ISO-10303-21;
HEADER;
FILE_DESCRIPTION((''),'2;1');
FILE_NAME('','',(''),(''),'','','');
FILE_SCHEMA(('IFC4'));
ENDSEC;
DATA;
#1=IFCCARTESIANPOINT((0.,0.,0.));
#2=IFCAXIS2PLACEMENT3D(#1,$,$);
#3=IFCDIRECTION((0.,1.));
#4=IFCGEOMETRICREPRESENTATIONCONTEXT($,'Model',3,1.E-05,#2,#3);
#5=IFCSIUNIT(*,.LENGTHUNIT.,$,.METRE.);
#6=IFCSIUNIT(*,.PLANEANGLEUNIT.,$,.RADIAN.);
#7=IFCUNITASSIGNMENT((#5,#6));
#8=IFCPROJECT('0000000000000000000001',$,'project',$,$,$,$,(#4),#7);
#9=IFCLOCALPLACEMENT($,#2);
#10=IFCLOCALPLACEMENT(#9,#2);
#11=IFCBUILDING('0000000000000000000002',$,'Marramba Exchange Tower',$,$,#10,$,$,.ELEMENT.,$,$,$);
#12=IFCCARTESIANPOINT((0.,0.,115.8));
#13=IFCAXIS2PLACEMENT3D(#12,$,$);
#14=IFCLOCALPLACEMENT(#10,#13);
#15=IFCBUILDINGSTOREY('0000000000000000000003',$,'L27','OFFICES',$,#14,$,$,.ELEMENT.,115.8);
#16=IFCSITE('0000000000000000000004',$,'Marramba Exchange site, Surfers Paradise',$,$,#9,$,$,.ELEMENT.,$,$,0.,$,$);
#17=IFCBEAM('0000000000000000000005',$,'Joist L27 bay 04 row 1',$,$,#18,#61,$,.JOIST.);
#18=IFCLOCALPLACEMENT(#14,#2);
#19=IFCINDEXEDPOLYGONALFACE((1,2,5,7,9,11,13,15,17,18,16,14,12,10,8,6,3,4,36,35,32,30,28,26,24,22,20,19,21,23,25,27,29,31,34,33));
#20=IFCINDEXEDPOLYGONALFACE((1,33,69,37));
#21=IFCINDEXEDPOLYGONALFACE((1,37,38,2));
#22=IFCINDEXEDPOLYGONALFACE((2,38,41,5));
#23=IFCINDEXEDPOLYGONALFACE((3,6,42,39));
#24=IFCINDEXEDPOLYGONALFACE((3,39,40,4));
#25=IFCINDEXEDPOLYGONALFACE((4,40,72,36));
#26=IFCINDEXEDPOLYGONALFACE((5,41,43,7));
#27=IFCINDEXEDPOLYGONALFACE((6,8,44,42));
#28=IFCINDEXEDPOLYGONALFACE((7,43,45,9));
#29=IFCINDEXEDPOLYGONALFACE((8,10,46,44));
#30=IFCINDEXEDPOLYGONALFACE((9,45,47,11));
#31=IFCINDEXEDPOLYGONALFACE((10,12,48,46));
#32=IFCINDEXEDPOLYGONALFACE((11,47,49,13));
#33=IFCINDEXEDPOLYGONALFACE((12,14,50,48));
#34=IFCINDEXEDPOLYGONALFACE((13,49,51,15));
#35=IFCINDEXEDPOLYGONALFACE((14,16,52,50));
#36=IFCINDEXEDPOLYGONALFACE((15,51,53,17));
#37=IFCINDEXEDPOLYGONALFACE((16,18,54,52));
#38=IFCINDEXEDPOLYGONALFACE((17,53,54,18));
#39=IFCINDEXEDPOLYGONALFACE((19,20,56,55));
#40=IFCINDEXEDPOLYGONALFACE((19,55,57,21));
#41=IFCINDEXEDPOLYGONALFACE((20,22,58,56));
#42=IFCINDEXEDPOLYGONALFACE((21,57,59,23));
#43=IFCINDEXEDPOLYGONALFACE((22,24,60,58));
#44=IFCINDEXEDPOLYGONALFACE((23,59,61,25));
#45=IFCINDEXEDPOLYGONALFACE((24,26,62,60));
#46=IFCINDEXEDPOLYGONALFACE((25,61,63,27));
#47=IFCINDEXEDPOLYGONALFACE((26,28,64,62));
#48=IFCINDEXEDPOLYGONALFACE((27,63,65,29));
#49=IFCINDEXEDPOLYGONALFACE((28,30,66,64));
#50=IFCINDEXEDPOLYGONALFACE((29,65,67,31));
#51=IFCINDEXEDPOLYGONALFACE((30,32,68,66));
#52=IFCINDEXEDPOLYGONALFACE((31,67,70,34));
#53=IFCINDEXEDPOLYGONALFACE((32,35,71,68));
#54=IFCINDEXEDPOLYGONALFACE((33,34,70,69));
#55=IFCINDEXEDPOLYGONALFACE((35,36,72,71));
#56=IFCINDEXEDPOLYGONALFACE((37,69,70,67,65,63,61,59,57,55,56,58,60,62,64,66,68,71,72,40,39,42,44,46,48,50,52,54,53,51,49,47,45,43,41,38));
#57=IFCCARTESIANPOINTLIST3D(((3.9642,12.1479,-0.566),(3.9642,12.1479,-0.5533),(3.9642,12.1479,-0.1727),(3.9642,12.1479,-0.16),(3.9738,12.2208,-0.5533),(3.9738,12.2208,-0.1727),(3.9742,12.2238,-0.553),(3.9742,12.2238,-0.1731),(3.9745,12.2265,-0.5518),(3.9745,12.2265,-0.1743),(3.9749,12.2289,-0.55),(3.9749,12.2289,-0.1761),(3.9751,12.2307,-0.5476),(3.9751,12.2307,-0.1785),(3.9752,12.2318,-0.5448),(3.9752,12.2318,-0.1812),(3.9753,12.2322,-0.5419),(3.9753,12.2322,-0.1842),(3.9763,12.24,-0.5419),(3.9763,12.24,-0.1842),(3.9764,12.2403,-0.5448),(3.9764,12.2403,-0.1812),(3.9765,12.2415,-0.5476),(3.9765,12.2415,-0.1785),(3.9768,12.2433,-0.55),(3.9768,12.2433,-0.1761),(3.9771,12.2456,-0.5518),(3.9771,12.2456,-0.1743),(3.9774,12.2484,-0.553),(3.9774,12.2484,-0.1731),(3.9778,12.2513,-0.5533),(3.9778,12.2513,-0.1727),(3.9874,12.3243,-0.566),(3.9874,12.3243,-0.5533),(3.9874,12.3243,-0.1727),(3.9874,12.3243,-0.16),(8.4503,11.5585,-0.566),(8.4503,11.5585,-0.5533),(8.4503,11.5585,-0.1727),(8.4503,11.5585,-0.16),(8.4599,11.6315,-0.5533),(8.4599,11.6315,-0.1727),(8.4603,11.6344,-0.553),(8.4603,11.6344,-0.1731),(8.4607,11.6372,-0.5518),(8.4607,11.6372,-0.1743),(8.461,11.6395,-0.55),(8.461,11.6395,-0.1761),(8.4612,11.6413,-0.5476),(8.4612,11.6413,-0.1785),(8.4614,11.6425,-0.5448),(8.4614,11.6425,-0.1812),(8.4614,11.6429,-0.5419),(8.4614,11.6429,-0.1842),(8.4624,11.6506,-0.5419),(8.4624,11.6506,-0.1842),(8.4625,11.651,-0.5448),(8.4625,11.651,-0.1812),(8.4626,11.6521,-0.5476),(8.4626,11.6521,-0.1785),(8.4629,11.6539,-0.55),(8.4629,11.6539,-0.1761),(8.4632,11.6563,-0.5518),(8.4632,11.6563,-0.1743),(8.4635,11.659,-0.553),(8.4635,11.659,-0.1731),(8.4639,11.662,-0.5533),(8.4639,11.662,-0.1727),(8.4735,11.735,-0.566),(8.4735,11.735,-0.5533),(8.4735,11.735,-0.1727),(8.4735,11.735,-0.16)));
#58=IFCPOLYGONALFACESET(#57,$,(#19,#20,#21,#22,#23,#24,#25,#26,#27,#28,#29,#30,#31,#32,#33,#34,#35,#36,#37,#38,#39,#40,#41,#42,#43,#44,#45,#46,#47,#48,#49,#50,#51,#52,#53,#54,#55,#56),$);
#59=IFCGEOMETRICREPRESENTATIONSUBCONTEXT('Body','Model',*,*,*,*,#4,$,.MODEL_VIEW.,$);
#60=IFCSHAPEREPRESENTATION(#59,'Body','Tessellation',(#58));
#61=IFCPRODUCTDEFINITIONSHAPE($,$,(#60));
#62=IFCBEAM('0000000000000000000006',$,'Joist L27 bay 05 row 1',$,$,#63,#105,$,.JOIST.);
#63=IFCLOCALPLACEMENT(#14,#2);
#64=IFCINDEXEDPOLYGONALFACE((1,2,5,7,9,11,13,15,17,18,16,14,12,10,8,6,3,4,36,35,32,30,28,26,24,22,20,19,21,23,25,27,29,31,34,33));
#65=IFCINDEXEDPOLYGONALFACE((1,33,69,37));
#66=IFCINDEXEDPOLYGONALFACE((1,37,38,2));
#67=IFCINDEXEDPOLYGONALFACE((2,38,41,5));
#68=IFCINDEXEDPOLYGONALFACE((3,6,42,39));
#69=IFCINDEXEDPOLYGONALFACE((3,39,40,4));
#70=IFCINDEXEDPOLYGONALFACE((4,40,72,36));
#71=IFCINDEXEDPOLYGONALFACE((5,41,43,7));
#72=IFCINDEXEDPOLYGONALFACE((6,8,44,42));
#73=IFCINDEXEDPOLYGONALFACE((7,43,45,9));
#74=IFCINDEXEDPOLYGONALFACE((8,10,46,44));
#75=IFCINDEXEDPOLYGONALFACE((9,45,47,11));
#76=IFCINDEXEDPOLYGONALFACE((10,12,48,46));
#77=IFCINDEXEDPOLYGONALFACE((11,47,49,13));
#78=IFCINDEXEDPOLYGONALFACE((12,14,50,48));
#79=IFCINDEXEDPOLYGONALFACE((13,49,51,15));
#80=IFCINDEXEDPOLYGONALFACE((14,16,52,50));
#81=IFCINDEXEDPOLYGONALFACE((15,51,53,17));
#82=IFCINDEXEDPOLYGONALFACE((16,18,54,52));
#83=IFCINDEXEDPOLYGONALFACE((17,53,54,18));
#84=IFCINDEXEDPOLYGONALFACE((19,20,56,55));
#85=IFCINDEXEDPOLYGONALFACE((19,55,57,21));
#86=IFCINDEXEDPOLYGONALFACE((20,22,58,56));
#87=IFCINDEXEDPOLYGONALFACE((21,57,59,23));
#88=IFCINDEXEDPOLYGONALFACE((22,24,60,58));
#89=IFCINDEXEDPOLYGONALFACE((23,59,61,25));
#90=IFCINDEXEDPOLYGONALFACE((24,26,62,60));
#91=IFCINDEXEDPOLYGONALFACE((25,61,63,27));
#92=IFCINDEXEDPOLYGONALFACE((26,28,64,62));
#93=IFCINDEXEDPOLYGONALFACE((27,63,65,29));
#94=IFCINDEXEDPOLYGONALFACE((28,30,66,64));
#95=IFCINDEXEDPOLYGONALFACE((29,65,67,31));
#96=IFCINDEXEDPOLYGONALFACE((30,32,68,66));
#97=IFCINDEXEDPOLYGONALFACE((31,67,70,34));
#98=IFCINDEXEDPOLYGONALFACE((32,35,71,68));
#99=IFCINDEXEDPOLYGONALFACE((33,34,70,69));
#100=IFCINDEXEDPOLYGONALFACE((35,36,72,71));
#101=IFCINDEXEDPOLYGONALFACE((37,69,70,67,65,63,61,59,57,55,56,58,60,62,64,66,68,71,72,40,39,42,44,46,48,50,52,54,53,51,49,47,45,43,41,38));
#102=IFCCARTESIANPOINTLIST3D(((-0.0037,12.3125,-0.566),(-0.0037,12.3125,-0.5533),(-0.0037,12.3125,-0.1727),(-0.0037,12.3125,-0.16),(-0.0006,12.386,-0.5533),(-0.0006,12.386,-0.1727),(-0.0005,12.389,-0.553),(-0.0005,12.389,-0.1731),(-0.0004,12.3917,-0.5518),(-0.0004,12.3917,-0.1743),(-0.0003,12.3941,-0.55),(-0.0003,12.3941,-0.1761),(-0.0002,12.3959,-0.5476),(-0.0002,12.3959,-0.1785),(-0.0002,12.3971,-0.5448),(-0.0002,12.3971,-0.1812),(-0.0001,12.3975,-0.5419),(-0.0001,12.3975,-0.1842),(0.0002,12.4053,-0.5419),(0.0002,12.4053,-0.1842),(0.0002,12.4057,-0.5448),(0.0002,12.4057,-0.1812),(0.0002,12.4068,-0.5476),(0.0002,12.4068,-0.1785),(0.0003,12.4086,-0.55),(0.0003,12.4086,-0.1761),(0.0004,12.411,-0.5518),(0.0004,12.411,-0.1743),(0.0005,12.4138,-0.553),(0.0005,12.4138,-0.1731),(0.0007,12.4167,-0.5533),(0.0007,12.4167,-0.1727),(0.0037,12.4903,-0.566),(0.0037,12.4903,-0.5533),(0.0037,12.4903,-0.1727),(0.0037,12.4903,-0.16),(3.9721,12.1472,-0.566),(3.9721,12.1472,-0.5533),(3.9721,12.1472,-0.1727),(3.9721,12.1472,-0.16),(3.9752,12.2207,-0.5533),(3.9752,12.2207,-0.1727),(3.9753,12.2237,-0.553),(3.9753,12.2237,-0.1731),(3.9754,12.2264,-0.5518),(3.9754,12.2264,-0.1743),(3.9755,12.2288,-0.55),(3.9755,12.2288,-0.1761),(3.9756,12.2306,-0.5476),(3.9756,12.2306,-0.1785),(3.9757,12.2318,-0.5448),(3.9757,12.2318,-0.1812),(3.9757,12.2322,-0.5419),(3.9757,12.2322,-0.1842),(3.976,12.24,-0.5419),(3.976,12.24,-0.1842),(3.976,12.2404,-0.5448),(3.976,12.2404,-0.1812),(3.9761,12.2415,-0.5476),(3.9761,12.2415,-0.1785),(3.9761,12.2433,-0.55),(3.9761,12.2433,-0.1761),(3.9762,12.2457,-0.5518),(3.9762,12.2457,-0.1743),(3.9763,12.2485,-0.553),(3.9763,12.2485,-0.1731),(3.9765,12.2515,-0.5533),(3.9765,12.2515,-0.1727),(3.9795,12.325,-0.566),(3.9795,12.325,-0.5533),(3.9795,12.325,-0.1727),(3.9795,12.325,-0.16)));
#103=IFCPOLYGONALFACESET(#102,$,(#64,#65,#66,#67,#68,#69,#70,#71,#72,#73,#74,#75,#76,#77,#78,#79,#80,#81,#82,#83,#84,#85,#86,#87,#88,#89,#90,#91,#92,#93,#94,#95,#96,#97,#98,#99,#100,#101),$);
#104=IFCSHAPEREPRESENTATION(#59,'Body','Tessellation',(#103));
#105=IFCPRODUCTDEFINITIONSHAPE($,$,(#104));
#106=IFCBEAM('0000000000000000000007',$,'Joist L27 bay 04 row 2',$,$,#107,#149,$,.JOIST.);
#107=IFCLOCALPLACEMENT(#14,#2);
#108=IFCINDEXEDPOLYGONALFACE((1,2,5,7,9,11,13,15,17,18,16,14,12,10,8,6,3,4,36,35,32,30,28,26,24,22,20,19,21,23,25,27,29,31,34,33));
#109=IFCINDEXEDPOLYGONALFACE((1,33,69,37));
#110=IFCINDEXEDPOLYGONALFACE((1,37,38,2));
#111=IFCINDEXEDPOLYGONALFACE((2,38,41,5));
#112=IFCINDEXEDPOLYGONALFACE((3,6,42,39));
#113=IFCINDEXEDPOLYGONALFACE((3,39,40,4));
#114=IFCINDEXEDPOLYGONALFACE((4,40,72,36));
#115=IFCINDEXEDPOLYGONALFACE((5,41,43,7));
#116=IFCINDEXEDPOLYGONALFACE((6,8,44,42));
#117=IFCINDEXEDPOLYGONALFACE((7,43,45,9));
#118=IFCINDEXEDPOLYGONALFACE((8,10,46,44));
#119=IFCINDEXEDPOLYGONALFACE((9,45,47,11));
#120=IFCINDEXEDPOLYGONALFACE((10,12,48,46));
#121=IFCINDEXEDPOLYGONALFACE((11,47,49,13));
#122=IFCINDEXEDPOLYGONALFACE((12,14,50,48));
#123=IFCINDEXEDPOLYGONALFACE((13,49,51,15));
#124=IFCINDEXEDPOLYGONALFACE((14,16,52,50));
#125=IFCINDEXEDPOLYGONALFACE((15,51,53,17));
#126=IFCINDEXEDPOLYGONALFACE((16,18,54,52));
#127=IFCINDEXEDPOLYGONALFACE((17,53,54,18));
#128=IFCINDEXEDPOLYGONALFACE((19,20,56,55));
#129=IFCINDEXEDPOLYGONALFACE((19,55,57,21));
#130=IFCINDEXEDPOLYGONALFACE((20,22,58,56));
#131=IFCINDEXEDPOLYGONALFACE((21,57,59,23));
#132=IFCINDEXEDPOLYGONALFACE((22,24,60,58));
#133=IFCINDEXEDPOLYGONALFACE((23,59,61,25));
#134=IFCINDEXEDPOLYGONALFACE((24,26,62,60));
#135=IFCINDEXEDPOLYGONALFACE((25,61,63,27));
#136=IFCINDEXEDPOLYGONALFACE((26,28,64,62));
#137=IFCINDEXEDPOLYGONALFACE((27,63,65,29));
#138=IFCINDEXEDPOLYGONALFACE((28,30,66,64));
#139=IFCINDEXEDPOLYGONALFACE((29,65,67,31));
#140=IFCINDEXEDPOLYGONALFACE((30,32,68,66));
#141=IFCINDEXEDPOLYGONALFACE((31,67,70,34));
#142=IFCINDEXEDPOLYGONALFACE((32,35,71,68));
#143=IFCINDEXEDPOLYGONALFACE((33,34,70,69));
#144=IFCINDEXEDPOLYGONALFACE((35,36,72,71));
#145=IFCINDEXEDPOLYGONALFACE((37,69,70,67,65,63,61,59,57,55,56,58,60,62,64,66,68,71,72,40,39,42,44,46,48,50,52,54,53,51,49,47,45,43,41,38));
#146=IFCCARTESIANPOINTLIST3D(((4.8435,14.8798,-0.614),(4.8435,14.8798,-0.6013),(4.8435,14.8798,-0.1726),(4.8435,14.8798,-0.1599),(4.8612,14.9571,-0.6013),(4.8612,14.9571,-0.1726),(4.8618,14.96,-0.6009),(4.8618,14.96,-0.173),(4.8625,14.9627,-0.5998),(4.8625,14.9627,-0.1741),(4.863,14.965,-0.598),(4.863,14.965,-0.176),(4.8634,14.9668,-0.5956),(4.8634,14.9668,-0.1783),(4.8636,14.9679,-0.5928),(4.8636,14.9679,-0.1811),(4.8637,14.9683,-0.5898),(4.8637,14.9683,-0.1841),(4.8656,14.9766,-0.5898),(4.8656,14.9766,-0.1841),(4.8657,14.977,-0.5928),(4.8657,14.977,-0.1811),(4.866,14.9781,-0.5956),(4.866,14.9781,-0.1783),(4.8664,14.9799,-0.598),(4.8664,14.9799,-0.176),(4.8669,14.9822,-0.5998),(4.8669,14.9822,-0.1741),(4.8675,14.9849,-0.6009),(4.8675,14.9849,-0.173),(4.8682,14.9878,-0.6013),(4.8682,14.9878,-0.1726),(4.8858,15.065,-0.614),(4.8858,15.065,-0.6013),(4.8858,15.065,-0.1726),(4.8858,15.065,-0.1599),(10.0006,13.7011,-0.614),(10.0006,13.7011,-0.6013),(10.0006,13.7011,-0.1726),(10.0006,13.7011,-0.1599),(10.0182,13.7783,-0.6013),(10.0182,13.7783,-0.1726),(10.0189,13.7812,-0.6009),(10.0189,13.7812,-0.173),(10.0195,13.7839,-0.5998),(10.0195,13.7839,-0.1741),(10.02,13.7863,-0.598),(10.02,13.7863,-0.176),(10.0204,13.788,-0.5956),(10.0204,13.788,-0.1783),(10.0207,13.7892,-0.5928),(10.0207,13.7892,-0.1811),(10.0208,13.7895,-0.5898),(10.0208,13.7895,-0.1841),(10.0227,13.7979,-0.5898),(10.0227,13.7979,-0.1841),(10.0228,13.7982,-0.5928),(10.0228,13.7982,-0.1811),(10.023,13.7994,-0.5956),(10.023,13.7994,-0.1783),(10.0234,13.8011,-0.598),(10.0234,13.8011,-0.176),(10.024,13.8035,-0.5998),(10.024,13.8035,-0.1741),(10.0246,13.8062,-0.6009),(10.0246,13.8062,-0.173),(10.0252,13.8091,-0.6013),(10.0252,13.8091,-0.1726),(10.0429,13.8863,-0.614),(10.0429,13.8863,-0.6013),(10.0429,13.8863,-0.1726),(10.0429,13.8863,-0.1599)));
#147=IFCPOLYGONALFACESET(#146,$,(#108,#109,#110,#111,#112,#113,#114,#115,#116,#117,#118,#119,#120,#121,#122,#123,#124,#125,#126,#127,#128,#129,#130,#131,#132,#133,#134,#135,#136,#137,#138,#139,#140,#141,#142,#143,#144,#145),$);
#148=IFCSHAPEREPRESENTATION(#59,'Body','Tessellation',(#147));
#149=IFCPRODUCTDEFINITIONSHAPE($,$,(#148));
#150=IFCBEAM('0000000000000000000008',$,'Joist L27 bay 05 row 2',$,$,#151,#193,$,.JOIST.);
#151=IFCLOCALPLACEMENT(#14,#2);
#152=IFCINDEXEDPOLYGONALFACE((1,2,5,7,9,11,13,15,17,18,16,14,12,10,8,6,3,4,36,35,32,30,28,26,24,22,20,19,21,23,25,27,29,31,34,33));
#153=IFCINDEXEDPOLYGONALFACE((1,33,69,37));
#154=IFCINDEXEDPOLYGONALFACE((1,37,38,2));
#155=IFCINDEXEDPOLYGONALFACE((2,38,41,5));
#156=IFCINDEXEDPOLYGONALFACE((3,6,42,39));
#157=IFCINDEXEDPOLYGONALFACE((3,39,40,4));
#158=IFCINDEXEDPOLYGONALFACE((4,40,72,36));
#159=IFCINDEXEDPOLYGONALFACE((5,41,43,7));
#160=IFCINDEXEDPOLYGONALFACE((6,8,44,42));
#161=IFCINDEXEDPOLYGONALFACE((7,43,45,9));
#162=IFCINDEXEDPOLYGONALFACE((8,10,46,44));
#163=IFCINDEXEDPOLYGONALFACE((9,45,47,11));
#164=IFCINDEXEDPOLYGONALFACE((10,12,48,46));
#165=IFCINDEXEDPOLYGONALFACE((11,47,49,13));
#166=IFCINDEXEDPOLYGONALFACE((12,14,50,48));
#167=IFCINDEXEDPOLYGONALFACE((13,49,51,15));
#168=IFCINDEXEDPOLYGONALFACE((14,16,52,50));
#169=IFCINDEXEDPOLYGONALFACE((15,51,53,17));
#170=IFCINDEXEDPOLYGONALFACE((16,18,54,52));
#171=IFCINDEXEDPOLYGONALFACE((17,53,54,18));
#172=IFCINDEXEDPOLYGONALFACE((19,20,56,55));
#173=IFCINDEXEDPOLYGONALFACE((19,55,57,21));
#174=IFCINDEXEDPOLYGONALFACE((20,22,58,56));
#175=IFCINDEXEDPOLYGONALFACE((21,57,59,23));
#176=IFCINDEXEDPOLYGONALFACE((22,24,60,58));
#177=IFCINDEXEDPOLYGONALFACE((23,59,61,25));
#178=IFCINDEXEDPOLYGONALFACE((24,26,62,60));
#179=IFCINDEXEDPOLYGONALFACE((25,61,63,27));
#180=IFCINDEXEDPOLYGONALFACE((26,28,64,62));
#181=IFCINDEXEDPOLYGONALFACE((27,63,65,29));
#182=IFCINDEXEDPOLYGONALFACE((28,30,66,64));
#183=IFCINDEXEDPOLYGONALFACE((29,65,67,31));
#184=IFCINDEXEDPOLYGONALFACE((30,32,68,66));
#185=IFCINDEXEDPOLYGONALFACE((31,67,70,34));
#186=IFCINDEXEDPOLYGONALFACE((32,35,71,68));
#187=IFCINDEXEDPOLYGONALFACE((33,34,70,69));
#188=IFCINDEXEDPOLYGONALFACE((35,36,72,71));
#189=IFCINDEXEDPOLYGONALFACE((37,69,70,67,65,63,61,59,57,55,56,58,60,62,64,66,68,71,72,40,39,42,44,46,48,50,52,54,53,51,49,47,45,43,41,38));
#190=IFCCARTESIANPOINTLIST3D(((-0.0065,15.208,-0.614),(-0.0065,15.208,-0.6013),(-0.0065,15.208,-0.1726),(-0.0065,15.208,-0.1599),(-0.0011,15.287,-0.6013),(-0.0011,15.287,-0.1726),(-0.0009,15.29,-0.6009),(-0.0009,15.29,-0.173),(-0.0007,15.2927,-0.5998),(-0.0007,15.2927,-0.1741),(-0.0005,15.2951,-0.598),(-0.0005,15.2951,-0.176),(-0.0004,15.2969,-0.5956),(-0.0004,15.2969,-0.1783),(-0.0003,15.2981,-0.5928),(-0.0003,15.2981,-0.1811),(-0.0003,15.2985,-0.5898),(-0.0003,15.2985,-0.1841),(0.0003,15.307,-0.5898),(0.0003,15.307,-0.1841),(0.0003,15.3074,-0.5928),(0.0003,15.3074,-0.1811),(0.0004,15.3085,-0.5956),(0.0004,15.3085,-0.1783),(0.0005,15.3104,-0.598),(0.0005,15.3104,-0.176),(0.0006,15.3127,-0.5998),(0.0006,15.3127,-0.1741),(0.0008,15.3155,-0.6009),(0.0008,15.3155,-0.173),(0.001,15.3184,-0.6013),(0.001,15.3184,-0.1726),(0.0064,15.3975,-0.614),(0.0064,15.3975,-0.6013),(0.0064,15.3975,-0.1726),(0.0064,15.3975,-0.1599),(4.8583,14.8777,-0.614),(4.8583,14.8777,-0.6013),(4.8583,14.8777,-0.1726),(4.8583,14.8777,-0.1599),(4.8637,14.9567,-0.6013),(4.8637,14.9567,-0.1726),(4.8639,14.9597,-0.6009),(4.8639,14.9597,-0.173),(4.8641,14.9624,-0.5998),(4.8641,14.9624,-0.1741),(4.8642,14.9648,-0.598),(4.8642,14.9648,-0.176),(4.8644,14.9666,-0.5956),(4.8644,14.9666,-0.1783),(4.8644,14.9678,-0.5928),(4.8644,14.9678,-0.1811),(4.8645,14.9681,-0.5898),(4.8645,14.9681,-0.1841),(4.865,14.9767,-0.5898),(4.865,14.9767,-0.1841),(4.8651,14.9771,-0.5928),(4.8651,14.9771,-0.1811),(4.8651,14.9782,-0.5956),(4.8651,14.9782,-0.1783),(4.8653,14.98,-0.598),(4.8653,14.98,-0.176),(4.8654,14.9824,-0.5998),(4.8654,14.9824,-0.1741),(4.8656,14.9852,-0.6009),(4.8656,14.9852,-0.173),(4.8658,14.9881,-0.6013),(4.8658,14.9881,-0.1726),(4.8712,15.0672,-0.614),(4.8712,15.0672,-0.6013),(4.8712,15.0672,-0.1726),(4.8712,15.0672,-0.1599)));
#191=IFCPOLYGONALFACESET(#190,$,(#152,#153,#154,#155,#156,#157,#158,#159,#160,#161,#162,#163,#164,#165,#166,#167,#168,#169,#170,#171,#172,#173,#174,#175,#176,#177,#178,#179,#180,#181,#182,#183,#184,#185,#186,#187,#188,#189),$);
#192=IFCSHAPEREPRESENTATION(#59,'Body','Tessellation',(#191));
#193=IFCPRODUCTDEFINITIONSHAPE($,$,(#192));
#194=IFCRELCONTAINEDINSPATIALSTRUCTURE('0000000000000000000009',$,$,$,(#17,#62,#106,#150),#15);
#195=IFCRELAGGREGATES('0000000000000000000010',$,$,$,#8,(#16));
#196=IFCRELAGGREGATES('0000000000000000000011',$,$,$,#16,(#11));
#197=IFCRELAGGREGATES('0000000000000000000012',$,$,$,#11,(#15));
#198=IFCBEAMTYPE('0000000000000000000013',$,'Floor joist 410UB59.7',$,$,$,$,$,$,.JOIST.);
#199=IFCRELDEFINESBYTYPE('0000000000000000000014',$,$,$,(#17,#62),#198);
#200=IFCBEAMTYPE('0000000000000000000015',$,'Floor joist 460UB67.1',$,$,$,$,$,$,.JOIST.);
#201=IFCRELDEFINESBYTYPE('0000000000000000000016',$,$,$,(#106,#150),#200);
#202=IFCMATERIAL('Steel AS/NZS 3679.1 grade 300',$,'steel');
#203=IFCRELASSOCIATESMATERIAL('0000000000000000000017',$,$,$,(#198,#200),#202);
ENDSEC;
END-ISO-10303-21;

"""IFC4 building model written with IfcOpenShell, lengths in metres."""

from ifc_helpers import new_model, si_unit, direction, frame, origin, origin_2d, place, context, subcontext, project, spatial, i_section, extrude, material, material_profile, profile_set, type_object, element, save


model = new_model("IFC4")

# Units and contexts
model_context = context("Model", 3, precision=1e-05, world=origin(), true_north=direction((0.0, 1.0)))
body_context = subcontext(model_context, "Body", "Model", "MODEL_VIEW")
ifc_project = project(units=[si_unit("LENGTHUNIT", "METRE"), si_unit("PLANEANGLEUNIT", "RADIAN")], contexts=[model_context])

# Site, building, storey
site_placement = place(None, origin())
site = spatial("IfcSite", under=ifc_project, at=site_placement, Name="Marramba Exchange site, Surfers Paradise", CompositionType="ELEMENT", RefElevation=0.0)
building_placement = place(site_placement, origin())
building = spatial("IfcBuilding", under=site, at=building_placement, Name="Marramba Exchange Tower", CompositionType="ELEMENT")
storey_placement = place(building_placement, frame((0.0, 0.0, 115.8)))
storey = spatial("IfcBuildingStorey", under=building, at=storey_placement, Name="L27", Description="OFFICES", CompositionType="ELEMENT", Elevation=115.8)

# Beams
ifc_material_1 = material(Name="Steel AS/NZS 3679.1 grade 300", Category="steel")
ifc_material_profile_1 = material_profile(ifc_material_1, i_section(OverallWidth=0.178, OverallDepth=0.406, WebThickness=0.0078, FlangeThickness=0.0127, FilletRadius=0.0115, at=origin_2d()), Name="410UB59.7")
ifc_profile_set_1 = profile_set([ifc_material_profile_1], Name="Steel AS/NZS 3679.1 grade 300")
beam_type_1 = type_object("IfcBeamType", Name="Floor joist 410UB59.7", PredefinedType="JOIST", material=ifc_profile_set_1)
beam_1_placement = place(storey_placement, frame((8.4619, 11.6467, -0.363), z_axis=(-0.991481, 0.130255, 0.0), x_axis=(-0.130255, -0.991481, 0.0)))
element("IfcBeam", 1, at=beam_1_placement, inside=storey, type_object=beam_type_1, Name="Joist L27 bay 04 row 1", PredefinedType="JOIST", context=body_context, shape_type="SweptSolid", body=[
    extrude(i_section(OverallWidth=0.178, OverallDepth=0.406, WebThickness=0.0078, FlangeThickness=0.0127, FilletRadius=0.0115, at=origin_2d()), origin(), (0.0, 0.0, 1.0), 4.5247),
])
beam_2_placement = place(storey_placement, frame((3.9758, 12.2361, -0.363), z_axis=(-0.999137, 0.041536, 0.0), x_axis=(-0.041536, -0.999137, 0.0)))
element("IfcBeam", 2, at=beam_2_placement, inside=storey, type_object=beam_type_1, Name="Joist L27 bay 05 row 1", PredefinedType="JOIST", context=body_context, shape_type="SweptSolid", body=[
    extrude(i_section(OverallWidth=0.178, OverallDepth=0.406, WebThickness=0.0078, FlangeThickness=0.0127, FilletRadius=0.0115, at=origin_2d()), origin(), (0.0, 0.0, 1.0), 3.9792),
])
ifc_material_profile_2 = material_profile(ifc_material_1, i_section(OverallWidth=0.1899, OverallDepth=0.4541, WebThickness=0.0085, FlangeThickness=0.0127, FilletRadius=0.0115, at=origin_2d()), Name="460UB67.1")
ifc_profile_set_2 = profile_set([ifc_material_profile_2], Name="Steel AS/NZS 3679.1 grade 300")
beam_type_2 = type_object("IfcBeamType", Name="Floor joist 460UB67.1", PredefinedType="JOIST", material=ifc_profile_set_2)
beam_3_placement = place(storey_placement, frame((10.0217, 13.7937, -0.387), z_axis=(-0.97486, 0.22282, 0.0), x_axis=(-0.22282, -0.97486, 0.0)))
element("IfcBeam", 3, at=beam_3_placement, inside=storey, type_object=beam_type_2, Name="Joist L27 bay 04 row 2", PredefinedType="JOIST", context=body_context, shape_type="SweptSolid", body=[
    extrude(i_section(OverallWidth=0.1899, OverallDepth=0.4541, WebThickness=0.0085, FlangeThickness=0.0127, FilletRadius=0.0115, at=origin_2d()), origin(), (0.0, 0.0, 1.0), 5.29),
])
beam_4_placement = place(storey_placement, frame((4.8647, 14.9724, -0.387), z_axis=(-0.997703, 0.067745, 0.0), x_axis=(-0.067745, -0.997703, 0.0)))
element("IfcBeam", 4, at=beam_4_placement, inside=storey, type_object=beam_type_2, Name="Joist L27 bay 05 row 2", PredefinedType="JOIST", context=body_context, shape_type="SweptSolid", body=[
    extrude(i_section(OverallWidth=0.1899, OverallDepth=0.4541, WebThickness=0.0085, FlangeThickness=0.0127, FilletRadius=0.0115, at=origin_2d()), origin(), (0.0, 0.0, 1.0), 4.876),
])

save(model, "model.ifc")
